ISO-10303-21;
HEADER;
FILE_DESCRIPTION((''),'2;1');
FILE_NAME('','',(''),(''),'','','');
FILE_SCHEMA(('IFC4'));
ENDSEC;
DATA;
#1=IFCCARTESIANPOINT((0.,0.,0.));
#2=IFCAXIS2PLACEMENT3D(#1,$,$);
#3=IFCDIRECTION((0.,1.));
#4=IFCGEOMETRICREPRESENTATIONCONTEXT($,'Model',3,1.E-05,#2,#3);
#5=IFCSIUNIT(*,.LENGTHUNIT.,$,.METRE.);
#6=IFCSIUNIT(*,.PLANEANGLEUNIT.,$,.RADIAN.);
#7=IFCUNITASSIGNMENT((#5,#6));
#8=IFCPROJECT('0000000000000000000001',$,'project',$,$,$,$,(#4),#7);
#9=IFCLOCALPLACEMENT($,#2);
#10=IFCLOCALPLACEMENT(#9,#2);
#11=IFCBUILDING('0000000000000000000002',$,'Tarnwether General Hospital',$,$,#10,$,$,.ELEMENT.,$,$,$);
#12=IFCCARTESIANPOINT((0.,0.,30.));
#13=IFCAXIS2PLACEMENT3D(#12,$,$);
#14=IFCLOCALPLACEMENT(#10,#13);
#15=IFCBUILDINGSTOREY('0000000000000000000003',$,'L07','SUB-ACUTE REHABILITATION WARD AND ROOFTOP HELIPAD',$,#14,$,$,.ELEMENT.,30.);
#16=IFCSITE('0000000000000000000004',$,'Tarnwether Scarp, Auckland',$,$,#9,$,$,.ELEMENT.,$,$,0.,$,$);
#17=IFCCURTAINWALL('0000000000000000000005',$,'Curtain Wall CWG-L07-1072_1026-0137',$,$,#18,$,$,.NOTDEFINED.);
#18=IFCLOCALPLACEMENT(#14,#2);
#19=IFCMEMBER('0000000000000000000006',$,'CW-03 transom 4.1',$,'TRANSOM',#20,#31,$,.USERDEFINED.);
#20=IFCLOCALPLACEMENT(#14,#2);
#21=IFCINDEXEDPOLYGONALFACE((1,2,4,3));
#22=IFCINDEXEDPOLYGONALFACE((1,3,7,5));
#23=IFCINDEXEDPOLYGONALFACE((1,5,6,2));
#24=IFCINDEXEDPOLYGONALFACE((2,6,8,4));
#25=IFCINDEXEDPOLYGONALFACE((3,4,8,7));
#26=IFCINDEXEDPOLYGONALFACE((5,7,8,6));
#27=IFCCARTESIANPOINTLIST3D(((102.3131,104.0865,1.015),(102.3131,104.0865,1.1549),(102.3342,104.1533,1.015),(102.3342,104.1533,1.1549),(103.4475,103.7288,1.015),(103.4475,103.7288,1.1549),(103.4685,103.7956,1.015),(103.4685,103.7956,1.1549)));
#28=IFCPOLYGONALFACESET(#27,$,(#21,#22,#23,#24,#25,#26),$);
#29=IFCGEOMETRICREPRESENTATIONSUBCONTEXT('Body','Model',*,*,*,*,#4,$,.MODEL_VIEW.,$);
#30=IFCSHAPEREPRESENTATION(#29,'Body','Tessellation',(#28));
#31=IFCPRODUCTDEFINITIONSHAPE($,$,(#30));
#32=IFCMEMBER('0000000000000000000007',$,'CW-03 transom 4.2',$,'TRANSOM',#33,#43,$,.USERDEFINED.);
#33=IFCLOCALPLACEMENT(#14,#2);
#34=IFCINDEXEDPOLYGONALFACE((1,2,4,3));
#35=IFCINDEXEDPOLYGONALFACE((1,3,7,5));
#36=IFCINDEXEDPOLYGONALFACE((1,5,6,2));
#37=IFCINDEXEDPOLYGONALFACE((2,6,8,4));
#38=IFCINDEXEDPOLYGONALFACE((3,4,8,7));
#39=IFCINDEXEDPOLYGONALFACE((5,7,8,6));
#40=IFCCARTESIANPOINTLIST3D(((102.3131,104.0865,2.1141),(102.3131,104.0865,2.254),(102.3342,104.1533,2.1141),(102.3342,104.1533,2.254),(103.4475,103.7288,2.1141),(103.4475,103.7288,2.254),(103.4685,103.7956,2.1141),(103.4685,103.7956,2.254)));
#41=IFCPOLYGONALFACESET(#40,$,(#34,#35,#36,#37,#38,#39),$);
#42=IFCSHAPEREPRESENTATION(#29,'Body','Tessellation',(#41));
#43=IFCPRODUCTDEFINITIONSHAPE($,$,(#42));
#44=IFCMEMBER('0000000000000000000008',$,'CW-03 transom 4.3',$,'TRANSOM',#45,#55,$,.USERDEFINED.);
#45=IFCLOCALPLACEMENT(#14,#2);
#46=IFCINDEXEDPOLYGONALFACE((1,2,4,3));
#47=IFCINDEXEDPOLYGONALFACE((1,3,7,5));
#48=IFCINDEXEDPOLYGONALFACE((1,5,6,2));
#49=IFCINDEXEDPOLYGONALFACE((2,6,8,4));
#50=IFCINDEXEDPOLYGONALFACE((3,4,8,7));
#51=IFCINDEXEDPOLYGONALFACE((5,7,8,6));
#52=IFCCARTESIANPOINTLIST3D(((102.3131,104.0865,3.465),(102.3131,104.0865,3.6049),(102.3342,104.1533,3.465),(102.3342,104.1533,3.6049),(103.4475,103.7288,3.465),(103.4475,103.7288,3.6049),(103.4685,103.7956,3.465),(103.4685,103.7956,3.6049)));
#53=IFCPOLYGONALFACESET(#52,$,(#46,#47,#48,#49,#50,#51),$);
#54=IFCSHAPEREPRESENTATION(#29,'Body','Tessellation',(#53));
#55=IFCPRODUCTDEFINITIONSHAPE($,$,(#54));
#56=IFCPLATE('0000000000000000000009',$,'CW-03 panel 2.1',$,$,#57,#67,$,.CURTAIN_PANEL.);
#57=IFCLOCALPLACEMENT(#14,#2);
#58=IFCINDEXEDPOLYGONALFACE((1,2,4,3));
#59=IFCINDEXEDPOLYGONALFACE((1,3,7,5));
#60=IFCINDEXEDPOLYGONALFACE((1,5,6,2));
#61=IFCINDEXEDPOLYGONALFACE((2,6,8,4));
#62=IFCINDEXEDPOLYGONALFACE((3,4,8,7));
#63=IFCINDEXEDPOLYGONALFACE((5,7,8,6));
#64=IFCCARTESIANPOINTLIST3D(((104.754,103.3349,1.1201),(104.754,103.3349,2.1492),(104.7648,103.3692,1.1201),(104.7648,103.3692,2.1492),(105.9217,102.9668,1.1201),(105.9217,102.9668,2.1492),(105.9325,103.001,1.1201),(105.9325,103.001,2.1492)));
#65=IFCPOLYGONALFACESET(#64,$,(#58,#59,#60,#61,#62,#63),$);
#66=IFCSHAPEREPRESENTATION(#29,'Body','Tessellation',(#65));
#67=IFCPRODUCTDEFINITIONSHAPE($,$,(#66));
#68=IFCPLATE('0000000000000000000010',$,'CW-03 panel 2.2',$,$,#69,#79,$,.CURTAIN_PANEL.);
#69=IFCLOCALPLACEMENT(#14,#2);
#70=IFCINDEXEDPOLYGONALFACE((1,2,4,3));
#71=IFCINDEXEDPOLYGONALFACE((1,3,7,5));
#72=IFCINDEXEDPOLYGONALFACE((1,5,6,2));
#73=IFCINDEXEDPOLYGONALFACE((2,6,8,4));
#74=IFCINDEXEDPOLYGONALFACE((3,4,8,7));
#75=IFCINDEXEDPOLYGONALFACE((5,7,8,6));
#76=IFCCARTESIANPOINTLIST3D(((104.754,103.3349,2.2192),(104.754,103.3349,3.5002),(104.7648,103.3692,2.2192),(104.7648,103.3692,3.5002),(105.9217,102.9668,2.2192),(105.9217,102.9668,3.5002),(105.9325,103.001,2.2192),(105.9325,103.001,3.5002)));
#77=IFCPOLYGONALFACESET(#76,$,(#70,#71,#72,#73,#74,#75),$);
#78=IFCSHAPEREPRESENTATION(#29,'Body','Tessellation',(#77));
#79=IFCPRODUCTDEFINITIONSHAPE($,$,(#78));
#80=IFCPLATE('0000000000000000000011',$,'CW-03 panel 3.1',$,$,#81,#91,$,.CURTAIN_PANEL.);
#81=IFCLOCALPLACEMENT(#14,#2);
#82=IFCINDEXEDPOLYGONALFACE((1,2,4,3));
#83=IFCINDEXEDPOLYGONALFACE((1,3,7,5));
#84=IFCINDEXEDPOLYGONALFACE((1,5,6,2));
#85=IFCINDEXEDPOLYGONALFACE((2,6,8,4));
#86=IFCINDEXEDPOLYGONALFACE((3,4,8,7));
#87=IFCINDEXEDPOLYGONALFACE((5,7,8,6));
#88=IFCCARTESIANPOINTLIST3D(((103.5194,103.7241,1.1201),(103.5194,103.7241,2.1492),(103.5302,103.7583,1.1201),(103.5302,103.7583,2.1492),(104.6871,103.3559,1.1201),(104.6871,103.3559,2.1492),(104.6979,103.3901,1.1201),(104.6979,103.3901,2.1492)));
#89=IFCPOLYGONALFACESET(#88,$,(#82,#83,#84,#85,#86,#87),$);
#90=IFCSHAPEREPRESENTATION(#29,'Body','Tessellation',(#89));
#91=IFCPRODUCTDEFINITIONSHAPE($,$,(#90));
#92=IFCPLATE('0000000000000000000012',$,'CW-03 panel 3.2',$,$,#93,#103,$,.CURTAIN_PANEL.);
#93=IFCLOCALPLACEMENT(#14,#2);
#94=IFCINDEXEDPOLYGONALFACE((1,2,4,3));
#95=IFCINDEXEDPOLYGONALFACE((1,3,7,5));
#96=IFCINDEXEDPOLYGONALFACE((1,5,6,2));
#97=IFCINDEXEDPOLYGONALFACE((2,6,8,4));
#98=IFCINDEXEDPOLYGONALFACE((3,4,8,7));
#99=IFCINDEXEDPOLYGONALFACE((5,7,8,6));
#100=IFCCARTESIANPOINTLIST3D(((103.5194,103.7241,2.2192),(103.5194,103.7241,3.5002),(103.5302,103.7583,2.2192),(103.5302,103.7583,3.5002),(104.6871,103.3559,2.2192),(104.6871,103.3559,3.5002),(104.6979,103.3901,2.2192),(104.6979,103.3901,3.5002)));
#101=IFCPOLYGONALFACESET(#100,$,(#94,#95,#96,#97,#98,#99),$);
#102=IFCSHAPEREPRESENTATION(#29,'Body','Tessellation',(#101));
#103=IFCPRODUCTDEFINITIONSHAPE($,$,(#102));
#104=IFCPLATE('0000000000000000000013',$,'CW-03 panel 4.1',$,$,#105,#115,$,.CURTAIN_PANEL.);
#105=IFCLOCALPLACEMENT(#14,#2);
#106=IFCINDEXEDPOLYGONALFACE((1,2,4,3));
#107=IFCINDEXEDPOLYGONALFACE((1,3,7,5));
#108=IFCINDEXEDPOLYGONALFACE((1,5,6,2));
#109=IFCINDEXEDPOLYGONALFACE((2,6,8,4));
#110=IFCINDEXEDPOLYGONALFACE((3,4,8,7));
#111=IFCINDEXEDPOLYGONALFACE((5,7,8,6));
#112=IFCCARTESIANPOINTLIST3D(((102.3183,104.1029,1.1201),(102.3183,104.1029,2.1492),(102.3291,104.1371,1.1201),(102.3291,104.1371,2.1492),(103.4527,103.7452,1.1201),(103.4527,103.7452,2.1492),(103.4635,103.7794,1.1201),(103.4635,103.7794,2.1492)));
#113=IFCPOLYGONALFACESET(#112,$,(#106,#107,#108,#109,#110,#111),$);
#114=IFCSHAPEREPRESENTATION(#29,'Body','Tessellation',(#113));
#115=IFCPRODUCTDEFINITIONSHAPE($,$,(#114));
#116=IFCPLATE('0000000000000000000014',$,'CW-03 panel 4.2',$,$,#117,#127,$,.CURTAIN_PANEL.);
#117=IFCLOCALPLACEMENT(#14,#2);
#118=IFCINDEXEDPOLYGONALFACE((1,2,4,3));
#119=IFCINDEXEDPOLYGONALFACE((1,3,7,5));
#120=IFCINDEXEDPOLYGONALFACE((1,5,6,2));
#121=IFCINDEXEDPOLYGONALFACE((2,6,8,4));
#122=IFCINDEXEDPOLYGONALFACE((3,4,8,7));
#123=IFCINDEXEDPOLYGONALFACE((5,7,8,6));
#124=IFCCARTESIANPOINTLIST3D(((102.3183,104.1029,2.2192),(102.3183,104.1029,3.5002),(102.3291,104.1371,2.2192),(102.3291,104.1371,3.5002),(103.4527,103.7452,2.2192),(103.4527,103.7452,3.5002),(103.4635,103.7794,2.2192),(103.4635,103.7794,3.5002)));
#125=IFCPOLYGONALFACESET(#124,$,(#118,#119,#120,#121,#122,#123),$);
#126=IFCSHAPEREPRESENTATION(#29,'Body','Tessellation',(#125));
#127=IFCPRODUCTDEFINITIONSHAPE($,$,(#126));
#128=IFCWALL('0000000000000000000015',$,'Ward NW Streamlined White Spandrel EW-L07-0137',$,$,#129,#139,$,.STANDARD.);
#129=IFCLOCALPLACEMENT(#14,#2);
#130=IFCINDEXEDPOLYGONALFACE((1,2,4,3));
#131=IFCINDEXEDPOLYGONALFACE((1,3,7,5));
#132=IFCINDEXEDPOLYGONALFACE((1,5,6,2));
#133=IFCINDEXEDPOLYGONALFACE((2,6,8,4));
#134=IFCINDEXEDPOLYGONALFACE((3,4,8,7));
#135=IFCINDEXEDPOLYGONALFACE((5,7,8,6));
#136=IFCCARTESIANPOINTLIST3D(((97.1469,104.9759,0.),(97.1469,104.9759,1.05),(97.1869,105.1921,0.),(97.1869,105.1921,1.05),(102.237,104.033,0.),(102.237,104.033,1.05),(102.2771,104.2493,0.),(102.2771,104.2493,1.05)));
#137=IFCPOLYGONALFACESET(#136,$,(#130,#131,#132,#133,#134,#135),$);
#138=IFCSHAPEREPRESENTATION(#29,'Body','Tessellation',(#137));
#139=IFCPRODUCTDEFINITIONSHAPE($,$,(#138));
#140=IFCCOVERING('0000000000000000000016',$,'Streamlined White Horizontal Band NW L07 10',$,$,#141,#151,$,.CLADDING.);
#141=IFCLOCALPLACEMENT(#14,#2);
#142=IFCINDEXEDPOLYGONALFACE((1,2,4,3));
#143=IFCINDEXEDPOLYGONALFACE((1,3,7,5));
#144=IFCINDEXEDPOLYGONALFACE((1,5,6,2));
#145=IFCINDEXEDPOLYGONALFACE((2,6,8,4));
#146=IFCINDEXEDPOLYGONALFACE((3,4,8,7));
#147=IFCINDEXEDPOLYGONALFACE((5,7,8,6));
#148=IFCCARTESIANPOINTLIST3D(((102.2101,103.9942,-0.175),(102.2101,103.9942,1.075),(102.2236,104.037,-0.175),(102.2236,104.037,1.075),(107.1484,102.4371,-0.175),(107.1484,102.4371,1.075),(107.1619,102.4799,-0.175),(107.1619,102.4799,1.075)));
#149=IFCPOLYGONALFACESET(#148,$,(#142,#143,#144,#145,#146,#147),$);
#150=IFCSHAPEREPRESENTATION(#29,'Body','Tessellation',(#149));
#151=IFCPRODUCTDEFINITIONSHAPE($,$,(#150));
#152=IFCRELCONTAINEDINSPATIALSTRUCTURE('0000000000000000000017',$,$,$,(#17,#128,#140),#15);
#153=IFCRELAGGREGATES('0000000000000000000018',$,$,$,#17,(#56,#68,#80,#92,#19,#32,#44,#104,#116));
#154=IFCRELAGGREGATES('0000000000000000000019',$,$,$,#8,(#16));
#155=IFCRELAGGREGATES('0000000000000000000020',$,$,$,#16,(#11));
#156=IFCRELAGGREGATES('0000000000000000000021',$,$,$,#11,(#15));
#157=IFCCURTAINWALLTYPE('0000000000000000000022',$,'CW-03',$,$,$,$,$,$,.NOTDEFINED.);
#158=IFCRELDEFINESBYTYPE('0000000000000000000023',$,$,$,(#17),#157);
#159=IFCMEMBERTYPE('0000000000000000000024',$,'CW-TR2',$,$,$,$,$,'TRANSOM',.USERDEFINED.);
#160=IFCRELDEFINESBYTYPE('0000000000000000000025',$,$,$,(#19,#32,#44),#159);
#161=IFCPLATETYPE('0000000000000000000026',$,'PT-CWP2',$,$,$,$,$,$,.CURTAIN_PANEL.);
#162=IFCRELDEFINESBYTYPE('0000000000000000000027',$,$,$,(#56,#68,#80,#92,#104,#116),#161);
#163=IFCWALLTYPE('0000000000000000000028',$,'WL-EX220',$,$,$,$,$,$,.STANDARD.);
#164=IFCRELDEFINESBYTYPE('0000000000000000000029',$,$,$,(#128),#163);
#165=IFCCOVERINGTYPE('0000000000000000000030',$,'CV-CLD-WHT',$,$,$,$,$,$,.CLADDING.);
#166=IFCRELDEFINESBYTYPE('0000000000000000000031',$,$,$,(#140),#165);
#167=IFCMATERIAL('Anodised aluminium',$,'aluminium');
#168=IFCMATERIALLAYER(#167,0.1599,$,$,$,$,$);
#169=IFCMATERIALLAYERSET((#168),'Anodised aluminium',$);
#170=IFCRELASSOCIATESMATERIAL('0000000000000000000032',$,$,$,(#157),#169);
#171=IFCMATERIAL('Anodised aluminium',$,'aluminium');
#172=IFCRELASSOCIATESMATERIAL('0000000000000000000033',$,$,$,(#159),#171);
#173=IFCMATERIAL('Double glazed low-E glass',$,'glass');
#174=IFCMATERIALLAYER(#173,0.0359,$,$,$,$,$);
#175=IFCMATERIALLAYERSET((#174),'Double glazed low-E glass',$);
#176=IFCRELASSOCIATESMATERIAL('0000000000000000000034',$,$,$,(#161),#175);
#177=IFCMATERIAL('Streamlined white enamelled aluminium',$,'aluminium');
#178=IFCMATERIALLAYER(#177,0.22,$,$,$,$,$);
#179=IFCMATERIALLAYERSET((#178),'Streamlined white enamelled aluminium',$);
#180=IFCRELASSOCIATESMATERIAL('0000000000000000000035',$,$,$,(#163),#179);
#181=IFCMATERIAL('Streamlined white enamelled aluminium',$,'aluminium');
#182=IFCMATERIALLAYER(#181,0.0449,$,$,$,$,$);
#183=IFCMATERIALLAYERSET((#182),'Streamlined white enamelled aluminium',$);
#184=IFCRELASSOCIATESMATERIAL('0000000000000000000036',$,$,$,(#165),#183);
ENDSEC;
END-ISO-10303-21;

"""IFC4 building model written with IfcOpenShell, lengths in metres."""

from ifc_helpers import new_model, si_unit, direction, frame, frame_2d, origin, origin_2d, place, context, subcontext, project, spatial, rectangle, extrude, material, layer, layer_set, material_profile, profile_set, type_object, element, aggregate, save


model = new_model("IFC4")

# Units and contexts
model_context = context("Model", 3, precision=1e-05, world=origin(), true_north=direction((0.0, 1.0)))
body_context = subcontext(model_context, "Body", "Model", "MODEL_VIEW")
ifc_project = project(units=[si_unit("LENGTHUNIT", "METRE"), si_unit("PLANEANGLEUNIT", "RADIAN")], contexts=[model_context])

# Site, building, storey
site_placement = place(None, origin())
site = spatial("IfcSite", under=ifc_project, at=site_placement, Name="Tarnwether Scarp, Auckland", CompositionType="ELEMENT", RefElevation=0.0)
building_placement = place(site_placement, origin())
building = spatial("IfcBuilding", under=site, at=building_placement, Name="Tarnwether General Hospital", CompositionType="ELEMENT")
storey_placement = place(building_placement, frame((0.0, 0.0, 30.0)))
storey = spatial("IfcBuildingStorey", under=building, at=storey_placement, Name="L07", Description="SUB-ACUTE REHABILITATION WARD AND ROOFTOP HELIPAD", CompositionType="ELEMENT", Elevation=30.0)

# Shared definitions
ifc_material_1 = material(Name="Anodised aluminium", Category="aluminium")
ifc_layer_1 = layer(ifc_material_1, 0.1599)
ifc_layer_set_1 = layer_set([ifc_layer_1], Name="Anodised aluminium")
curtain_wall_type = type_object("IfcCurtainWallType", Name="CW-03", PredefinedType="NOTDEFINED", material=ifc_layer_set_1)

# Curtain wall
curtain_wall_1_placement = place(storey_placement, origin())
curtain_wall_1 = element("IfcCurtainWall", 1, at=curtain_wall_1_placement, inside=storey, type_object=curtain_wall_type, Name="Curtain Wall CWG-L07-1072_1026-0137", PredefinedType="NOTDEFINED")

# Members
ifc_material_2 = material(Name="Anodised aluminium", Category="aluminium")
ifc_material_profile_1 = material_profile(ifc_material_2, rectangle(XDim=0.0701, YDim=0.1399, at=origin_2d()), Name="ALU-TRN-70x140")
ifc_profile_set_1 = profile_set([ifc_material_profile_1], Name="Anodised aluminium")
member_type_1 = type_object("IfcMemberType", Name="CW-TR2", ElementType="TRANSOM", PredefinedType="USERDEFINED", material=ifc_profile_set_1)
member_1_placement = place(storey_placement, frame((103.458, 103.7622, 1.085), z_axis=(-0.95371, 0.300729, 0.0), x_axis=(-0.300729, -0.95371, 0.0)))
member_1 = element("IfcMember", 2, at=member_1_placement, type_object=member_type_1, Name="CW-03 transom 4.1", ObjectType="TRANSOM", PredefinedType="USERDEFINED", context=body_context, shape_type="SweptSolid", body=[
    extrude(rectangle(XDim=0.0701, YDim=0.1399, at=origin_2d()), origin(), (0.0, 0.0, 1.0), 1.1895),
])
member_2_placement = place(storey_placement, frame((103.458, 103.7622, 2.1841), z_axis=(-0.95371, 0.300729, 0.0), x_axis=(-0.300729, -0.95371, 0.0)))
member_2 = element("IfcMember", 3, at=member_2_placement, type_object=member_type_1, Name="CW-03 transom 4.2", ObjectType="TRANSOM", PredefinedType="USERDEFINED", context=body_context, shape_type="SweptSolid", body=[
    extrude(rectangle(XDim=0.0701, YDim=0.1399, at=origin_2d()), origin(), (0.0, 0.0, 1.0), 1.1895),
])
member_3_placement = place(storey_placement, frame((103.458, 103.7622, 3.5349), z_axis=(-0.95371, 0.300729, 0.0), x_axis=(-0.300729, -0.95371, 0.0)))
member_3 = element("IfcMember", 4, at=member_3_placement, type_object=member_type_1, Name="CW-03 transom 4.3", ObjectType="TRANSOM", PredefinedType="USERDEFINED", context=body_context, shape_type="SweptSolid", body=[
    extrude(rectangle(XDim=0.0701, YDim=0.1399, at=origin_2d()), origin(), (0.0, 0.0, 1.0), 1.1895),
])

# Plates
ifc_material_3 = material(Name="Double glazed low-E glass", Category="glass")
ifc_layer_2 = layer(ifc_material_3, 0.0359)
ifc_layer_set_2 = layer_set([ifc_layer_2], Name="Double glazed low-E glass")
plate_type = type_object("IfcPlateType", Name="PT-CWP2", PredefinedType="CURTAIN_PANEL", material=ifc_layer_set_2)
plate_1_placement = place(storey_placement, frame((105.3433, 103.168, 1.1201), z_axis=(0.0, 0.0, 1.0), x_axis=(-0.953714, 0.300715, 0.0)))
plate_1 = element("IfcPlate", 5, at=plate_1_placement, type_object=plate_type, Name="CW-03 panel 2.1", PredefinedType="CURTAIN_PANEL", context=body_context, shape_type="SweptSolid", body=[
    extrude(rectangle(XDim=1.2244, YDim=0.0359, at=origin_2d()), origin(), (0.0, 0.0, 1.0), 1.0291),
])
plate_2_placement = place(storey_placement, frame((105.3433, 103.168, 2.2192), z_axis=(0.0, 0.0, 1.0), x_axis=(-0.953714, 0.300715, 0.0)))
plate_2 = element("IfcPlate", 6, at=plate_2_placement, type_object=plate_type, Name="CW-03 panel 2.2", PredefinedType="CURTAIN_PANEL", context=body_context, shape_type="SweptSolid", body=[
    extrude(rectangle(XDim=1.2244, YDim=0.0359, at=origin_2d()), origin(), (0.0, 0.0, 1.0), 1.281),
])
plate_3_placement = place(storey_placement, frame((104.1086, 103.5571, 1.1201), z_axis=(0.0, 0.0, 1.0), x_axis=(-0.953714, 0.300715, 0.0)))
plate_3 = element("IfcPlate", 7, at=plate_3_placement, type_object=plate_type, Name="CW-03 panel 3.1", PredefinedType="CURTAIN_PANEL", context=body_context, shape_type="SweptSolid", body=[
    extrude(rectangle(XDim=1.2244, YDim=0.0359, at=origin_2d()), origin(), (0.0, 0.0, 1.0), 1.0291),
])
plate_4_placement = place(storey_placement, frame((104.1086, 103.5571, 2.2192), z_axis=(0.0, 0.0, 1.0), x_axis=(-0.953714, 0.300715, 0.0)))
plate_4 = element("IfcPlate", 8, at=plate_4_placement, type_object=plate_type, Name="CW-03 panel 3.2", PredefinedType="CURTAIN_PANEL", context=body_context, shape_type="SweptSolid", body=[
    extrude(rectangle(XDim=1.2244, YDim=0.0359, at=origin_2d()), origin(), (0.0, 0.0, 1.0), 1.281),
])
plate_5_placement = place(storey_placement, frame((102.8909, 103.9412, 1.1201), z_axis=(0.0, 0.0, 1.0), x_axis=(-0.953714, 0.300715, 0.0)))
plate_5 = element("IfcPlate", 9, at=plate_5_placement, type_object=plate_type, Name="CW-03 panel 4.1", PredefinedType="CURTAIN_PANEL", context=body_context, shape_type="SweptSolid", body=[
    extrude(rectangle(XDim=1.1895, YDim=0.0359, at=origin_2d()), origin(), (0.0, 0.0, 1.0), 1.0291),
])
plate_6_placement = place(storey_placement, frame((102.8909, 103.9412, 2.2192), z_axis=(0.0, 0.0, 1.0), x_axis=(-0.953714, 0.300715, 0.0)))
plate_6 = element("IfcPlate", 10, at=plate_6_placement, type_object=plate_type, Name="CW-03 panel 4.2", PredefinedType="CURTAIN_PANEL", context=body_context, shape_type="SweptSolid", body=[
    extrude(rectangle(XDim=1.1895, YDim=0.0359, at=origin_2d()), origin(), (0.0, 0.0, 1.0), 1.281),
])
aggregate(curtain_wall_1, [plate_1, plate_2, plate_3, plate_4, member_1, member_2, member_3, plate_5, plate_6])

# Wall
ifc_material_4 = material(Name="Streamlined white enamelled aluminium", Category="aluminium")
ifc_layer_3 = layer(ifc_material_4, 0.22)
ifc_layer_set_3 = layer_set([ifc_layer_3], Name="Streamlined white enamelled aluminium")
wall_type = type_object("IfcWallType", Name="WL-EX220", PredefinedType="STANDARD", material=ifc_layer_set_3)
wall_placement = place(storey_placement, frame((102.2571, 104.1411, 0.0), z_axis=(0.0, 0.0, 1.0), x_axis=(-0.983273, 0.182138, 0.0)))
element("IfcWall", 11, at=wall_placement, inside=storey, type_object=wall_type, Name="Ward NW Streamlined White Spandrel EW-L07-0137", PredefinedType="STANDARD", context=body_context, shape_type="SweptSolid", body=[
    extrude(rectangle(XDim=5.1768, YDim=0.22, at=frame_2d((2.5884, 0.0))), origin(), (0.0, 0.0, 1.0), 1.05),
])

# Covering
ifc_material_5 = material(Name="Streamlined white enamelled aluminium", Category="aluminium")
ifc_layer_4 = layer(ifc_material_5, 0.0449)
ifc_layer_set_4 = layer_set([ifc_layer_4], Name="Streamlined white enamelled aluminium")
covering_type = type_object("IfcCoveringType", Name="CV-CLD-WHT", PredefinedType="CLADDING", material=ifc_layer_set_4)
covering_placement = place(storey_placement, frame((104.686, 103.2371, -0.175), z_axis=(0.0, 0.0, 1.0), x_axis=(-0.953712, 0.300722, 0.0)))
element("IfcCovering", 12, at=covering_placement, inside=storey, type_object=covering_type, Name="Streamlined White Horizontal Band NW L07 10", PredefinedType="CLADDING", context=body_context, shape_type="SweptSolid", body=[
    extrude(rectangle(XDim=5.178, YDim=0.0449, at=origin_2d()), origin(), (0.0, 0.0, 1.0), 1.25),
])

save(model, "model.ifc")
